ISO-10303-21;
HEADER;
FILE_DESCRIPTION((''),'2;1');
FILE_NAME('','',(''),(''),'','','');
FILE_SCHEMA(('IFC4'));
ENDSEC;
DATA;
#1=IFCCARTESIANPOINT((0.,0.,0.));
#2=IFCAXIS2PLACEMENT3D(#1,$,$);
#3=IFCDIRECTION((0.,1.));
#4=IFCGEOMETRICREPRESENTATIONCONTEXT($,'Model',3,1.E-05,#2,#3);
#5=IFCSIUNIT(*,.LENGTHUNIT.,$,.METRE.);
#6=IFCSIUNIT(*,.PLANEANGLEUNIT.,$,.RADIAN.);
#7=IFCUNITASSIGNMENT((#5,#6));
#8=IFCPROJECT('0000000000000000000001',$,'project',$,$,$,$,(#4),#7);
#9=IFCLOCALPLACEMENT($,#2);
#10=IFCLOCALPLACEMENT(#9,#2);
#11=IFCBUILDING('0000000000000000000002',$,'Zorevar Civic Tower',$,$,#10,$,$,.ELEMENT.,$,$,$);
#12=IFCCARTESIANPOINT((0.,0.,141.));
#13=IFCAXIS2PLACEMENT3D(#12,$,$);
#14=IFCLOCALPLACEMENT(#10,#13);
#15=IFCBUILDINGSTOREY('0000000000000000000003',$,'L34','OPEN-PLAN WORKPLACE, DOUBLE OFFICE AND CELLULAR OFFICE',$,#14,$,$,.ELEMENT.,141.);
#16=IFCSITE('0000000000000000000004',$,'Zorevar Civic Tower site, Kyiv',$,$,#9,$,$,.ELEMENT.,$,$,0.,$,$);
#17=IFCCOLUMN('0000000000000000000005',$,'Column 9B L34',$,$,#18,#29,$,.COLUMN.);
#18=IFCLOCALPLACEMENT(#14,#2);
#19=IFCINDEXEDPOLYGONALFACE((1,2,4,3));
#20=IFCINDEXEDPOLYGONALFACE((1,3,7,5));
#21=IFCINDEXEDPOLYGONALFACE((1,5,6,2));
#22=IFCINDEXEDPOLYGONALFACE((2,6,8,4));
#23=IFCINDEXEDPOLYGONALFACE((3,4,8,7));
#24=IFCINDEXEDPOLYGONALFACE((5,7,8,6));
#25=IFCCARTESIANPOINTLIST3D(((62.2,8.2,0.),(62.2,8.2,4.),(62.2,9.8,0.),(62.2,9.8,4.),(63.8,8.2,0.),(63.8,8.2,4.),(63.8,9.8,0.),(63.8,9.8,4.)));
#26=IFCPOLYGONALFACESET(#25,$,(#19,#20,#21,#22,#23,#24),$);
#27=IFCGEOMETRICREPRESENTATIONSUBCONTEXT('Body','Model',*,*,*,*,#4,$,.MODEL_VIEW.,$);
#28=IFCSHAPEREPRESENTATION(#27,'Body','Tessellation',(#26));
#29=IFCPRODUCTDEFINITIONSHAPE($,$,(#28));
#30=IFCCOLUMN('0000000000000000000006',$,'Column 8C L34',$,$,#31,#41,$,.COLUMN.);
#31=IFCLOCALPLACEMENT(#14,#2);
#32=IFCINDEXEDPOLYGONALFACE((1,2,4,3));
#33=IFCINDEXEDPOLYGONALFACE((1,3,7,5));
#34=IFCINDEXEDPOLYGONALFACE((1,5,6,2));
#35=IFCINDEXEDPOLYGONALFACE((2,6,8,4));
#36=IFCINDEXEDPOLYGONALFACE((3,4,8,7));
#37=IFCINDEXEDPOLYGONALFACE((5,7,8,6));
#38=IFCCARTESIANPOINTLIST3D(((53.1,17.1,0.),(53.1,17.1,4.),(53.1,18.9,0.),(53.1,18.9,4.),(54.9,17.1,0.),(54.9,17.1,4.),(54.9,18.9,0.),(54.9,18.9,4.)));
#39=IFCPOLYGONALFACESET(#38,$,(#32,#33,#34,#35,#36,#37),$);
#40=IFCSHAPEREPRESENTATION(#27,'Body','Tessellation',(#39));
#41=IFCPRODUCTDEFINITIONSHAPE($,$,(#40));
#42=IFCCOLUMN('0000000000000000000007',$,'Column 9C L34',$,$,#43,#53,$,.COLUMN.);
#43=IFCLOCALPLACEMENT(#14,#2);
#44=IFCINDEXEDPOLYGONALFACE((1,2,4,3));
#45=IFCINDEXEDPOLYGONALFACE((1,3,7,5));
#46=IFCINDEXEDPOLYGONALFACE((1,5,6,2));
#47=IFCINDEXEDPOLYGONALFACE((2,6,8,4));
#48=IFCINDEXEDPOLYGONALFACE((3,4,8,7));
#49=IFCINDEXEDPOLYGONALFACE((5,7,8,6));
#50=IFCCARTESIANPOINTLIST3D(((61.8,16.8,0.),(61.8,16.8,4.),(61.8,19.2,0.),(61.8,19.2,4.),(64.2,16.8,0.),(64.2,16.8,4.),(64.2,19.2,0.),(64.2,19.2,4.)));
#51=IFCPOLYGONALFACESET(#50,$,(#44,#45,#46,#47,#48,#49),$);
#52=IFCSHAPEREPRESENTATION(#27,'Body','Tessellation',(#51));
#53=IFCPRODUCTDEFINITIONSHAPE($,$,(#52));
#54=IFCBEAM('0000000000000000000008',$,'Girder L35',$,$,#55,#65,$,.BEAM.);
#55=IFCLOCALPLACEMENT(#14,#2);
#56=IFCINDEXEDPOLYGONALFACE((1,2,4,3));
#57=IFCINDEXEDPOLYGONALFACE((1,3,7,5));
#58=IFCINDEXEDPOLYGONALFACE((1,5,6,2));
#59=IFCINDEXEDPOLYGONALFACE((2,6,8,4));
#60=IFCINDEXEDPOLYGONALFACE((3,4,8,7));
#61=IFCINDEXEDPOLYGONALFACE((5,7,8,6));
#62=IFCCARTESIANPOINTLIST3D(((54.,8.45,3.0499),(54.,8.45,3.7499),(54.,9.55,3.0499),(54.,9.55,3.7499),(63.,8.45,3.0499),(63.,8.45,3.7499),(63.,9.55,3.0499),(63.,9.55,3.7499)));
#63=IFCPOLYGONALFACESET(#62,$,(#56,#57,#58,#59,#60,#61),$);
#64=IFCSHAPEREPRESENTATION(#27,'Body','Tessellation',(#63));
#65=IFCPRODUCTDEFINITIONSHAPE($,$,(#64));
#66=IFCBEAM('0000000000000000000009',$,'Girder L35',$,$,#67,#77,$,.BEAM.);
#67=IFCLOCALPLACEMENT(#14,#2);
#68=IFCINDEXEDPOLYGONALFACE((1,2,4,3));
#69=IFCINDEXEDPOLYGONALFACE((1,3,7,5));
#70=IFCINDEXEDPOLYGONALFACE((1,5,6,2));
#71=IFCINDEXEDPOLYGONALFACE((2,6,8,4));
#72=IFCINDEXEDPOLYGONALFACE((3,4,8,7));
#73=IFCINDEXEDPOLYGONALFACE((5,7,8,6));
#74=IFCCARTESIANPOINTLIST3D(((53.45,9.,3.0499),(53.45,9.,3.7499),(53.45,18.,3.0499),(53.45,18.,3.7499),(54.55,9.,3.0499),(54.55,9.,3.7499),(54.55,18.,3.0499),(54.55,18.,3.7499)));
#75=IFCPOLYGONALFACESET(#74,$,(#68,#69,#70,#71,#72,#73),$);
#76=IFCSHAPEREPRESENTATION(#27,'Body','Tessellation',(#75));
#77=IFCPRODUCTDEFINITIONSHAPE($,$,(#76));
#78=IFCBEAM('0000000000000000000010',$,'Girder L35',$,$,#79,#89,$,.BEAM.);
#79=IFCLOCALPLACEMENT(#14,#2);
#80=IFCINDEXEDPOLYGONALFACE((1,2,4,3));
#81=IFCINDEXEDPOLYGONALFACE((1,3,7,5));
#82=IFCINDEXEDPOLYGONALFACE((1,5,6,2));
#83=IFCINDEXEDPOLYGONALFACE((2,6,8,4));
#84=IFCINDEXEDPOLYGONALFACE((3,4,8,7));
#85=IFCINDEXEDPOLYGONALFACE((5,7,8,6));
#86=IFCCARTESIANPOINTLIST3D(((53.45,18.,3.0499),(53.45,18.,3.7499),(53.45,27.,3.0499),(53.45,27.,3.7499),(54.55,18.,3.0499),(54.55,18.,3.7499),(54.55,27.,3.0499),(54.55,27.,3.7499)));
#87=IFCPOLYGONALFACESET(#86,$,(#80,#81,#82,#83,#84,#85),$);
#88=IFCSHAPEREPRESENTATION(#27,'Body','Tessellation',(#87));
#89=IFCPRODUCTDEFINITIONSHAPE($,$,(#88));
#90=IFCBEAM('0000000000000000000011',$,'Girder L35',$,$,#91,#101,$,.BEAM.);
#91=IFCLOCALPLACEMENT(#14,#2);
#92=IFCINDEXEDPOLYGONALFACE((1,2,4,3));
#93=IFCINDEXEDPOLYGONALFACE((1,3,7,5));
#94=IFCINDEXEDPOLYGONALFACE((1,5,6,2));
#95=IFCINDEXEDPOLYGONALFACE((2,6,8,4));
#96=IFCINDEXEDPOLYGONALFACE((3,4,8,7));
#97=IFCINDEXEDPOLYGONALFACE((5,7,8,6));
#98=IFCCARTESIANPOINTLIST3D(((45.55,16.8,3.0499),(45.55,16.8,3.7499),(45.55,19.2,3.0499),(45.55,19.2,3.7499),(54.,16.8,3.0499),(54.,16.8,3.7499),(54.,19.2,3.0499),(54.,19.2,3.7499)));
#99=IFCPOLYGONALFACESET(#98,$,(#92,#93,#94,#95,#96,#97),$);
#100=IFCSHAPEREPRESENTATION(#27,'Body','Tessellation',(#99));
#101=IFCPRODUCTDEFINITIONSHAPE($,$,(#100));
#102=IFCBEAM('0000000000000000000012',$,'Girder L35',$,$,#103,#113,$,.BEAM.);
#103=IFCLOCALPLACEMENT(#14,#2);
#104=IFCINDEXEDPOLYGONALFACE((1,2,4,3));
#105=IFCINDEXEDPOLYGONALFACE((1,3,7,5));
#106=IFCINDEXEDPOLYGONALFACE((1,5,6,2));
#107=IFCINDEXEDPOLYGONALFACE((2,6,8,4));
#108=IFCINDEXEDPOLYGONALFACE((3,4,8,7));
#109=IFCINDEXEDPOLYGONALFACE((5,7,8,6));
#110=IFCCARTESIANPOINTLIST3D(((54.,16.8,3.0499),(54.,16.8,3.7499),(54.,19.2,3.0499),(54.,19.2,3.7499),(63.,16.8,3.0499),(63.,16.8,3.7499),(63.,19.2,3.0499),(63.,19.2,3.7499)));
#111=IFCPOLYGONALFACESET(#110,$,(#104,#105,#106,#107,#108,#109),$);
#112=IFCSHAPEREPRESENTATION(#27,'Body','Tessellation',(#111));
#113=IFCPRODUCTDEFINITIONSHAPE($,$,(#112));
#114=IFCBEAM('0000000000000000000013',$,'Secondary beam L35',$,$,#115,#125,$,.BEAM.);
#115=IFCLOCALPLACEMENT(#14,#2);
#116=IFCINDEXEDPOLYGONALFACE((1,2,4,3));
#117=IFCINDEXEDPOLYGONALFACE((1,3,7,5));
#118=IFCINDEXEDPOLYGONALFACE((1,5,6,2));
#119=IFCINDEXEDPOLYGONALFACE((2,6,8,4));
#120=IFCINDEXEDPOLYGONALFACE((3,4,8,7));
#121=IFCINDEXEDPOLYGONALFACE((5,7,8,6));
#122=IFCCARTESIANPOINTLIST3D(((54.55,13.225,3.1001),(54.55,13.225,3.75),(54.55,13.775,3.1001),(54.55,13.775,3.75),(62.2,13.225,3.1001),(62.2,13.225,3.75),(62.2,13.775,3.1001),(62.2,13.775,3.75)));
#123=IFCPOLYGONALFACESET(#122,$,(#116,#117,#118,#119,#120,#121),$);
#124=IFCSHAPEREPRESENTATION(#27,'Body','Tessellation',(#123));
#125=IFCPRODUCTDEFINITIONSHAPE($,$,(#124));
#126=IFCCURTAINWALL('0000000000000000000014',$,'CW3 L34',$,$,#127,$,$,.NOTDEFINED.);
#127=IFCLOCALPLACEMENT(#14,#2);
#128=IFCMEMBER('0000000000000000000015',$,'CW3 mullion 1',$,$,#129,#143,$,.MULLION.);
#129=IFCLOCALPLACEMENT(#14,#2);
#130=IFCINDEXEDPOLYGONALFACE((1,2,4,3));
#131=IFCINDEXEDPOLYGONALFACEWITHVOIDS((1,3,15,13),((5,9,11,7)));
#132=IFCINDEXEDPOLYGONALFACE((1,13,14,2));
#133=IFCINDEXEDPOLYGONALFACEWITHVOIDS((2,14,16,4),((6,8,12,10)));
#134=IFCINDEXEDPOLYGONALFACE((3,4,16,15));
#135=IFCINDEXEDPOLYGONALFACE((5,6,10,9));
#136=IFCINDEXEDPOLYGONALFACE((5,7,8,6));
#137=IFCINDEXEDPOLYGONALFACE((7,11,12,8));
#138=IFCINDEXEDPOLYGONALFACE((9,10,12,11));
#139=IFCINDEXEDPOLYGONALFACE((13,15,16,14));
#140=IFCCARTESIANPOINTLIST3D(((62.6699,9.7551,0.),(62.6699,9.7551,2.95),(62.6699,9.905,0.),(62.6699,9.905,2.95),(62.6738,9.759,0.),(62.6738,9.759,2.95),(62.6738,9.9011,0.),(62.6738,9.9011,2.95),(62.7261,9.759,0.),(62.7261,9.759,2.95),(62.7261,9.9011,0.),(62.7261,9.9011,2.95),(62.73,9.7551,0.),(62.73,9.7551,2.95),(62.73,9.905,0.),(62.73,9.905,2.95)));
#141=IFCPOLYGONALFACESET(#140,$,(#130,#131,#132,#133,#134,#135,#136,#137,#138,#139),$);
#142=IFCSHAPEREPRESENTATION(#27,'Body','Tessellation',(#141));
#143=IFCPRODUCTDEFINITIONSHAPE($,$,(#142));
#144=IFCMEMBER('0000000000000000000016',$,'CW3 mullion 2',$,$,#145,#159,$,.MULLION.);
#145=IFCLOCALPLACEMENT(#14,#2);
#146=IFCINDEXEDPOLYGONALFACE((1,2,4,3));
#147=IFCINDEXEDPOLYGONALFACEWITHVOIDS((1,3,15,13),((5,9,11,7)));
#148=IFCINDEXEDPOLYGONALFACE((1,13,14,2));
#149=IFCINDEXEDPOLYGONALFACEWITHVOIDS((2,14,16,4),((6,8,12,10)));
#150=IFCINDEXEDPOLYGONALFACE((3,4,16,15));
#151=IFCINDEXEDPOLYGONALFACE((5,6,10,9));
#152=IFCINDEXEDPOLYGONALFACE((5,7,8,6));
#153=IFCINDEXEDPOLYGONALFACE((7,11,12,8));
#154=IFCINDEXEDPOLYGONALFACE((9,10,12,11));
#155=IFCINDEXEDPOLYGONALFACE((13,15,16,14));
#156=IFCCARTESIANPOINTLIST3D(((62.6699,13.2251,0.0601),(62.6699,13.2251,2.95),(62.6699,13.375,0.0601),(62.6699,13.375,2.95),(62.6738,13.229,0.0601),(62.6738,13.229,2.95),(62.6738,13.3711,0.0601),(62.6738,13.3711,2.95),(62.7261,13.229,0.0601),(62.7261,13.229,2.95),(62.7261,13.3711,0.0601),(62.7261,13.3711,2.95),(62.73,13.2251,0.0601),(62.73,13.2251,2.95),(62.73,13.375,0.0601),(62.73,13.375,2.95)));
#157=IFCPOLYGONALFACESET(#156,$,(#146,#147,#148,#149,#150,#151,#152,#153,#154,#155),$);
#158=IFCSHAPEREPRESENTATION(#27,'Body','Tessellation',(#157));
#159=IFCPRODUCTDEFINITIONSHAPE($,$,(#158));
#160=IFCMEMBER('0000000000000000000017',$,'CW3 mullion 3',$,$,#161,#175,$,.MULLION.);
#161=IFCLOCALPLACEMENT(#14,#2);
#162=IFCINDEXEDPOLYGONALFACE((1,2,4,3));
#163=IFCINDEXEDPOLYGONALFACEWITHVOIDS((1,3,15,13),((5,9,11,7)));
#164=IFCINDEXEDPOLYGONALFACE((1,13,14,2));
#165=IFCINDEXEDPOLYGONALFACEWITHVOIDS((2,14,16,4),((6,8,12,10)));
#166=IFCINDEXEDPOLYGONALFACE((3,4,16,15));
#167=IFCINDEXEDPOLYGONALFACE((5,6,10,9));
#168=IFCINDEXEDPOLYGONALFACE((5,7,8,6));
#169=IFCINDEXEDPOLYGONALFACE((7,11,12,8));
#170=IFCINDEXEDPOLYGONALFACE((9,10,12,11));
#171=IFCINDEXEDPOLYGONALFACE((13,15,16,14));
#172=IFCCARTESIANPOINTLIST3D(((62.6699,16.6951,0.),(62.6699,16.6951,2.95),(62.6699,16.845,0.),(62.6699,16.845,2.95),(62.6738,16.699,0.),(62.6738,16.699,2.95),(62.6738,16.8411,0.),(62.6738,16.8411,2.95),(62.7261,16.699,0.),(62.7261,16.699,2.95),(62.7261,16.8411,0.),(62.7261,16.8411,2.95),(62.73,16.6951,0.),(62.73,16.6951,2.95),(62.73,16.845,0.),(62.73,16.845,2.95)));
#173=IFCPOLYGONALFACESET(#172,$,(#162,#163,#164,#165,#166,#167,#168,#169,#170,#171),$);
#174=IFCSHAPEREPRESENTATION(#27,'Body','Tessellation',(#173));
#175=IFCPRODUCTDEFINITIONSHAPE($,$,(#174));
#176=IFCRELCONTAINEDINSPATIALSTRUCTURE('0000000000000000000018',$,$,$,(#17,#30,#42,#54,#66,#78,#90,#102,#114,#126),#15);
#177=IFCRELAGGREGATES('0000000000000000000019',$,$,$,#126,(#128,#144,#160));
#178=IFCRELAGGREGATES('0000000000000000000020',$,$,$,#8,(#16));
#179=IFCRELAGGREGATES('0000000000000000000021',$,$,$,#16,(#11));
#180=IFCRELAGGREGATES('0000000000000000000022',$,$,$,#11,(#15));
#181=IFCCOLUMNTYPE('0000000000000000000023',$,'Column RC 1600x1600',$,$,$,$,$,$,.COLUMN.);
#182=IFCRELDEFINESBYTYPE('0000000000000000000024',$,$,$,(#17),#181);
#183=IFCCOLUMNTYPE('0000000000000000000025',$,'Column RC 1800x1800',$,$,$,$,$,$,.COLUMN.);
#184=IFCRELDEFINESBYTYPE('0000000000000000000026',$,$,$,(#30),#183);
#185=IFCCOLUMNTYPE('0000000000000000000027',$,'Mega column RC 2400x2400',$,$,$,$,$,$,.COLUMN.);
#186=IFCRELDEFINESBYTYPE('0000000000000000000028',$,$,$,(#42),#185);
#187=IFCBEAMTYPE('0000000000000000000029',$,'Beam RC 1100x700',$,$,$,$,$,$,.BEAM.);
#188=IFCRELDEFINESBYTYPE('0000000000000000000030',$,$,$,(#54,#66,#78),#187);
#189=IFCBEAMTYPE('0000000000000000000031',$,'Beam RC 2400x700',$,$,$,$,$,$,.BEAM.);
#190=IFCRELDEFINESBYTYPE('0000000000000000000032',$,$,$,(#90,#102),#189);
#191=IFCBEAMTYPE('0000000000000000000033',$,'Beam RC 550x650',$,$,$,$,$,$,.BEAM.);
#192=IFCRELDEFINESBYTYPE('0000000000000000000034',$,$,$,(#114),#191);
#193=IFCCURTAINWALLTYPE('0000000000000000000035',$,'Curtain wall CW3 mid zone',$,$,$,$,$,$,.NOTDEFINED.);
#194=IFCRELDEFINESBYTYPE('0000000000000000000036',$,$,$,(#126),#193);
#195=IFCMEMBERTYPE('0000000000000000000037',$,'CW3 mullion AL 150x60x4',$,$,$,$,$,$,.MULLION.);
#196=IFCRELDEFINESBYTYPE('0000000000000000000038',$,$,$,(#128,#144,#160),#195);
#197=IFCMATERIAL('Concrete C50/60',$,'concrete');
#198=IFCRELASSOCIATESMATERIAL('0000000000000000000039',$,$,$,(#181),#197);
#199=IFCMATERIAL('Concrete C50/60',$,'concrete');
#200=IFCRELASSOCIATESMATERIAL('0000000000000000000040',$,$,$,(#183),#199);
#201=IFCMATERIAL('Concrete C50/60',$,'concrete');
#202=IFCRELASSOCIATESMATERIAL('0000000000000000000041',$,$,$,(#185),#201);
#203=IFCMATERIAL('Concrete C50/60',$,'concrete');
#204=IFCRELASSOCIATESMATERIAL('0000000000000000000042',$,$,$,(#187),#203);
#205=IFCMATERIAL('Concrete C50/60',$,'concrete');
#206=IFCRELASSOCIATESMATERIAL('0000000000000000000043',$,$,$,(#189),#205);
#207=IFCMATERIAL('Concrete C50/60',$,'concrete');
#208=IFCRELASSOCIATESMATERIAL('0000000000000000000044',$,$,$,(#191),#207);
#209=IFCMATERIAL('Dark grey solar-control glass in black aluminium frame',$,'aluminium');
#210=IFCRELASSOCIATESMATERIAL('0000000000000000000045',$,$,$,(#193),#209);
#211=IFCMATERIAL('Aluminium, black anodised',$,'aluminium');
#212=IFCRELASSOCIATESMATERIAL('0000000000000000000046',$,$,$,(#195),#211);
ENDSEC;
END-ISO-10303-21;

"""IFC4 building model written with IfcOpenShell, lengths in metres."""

from ifc_helpers import new_model, si_unit, direction, frame, origin, origin_2d, place, context, subcontext, project, spatial, rectangle, hollow_rectangle, extrude, material, material_profile, profile_set, type_object, element, aggregate, save


model = new_model("IFC4")

# Units and contexts
model_context = context("Model", 3, precision=1e-05, world=origin(), true_north=direction((0.0, 1.0)))
body_context = subcontext(model_context, "Body", "Model", "MODEL_VIEW")
ifc_project = project(units=[si_unit("LENGTHUNIT", "METRE"), si_unit("PLANEANGLEUNIT", "RADIAN")], contexts=[model_context])

# Site, building, storey
site_placement = place(None, origin())
site = spatial("IfcSite", under=ifc_project, at=site_placement, Name="Zorevar Civic Tower site, Kyiv", CompositionType="ELEMENT", RefElevation=0.0)
building_placement = place(site_placement, origin())
building = spatial("IfcBuilding", under=site, at=building_placement, Name="Zorevar Civic Tower", CompositionType="ELEMENT")
storey_placement = place(building_placement, frame((0.0, 0.0, 141.0)))
storey = spatial("IfcBuildingStorey", under=building, at=storey_placement, Name="L34", Description="OPEN-PLAN WORKPLACE, DOUBLE OFFICE AND CELLULAR OFFICE", CompositionType="ELEMENT", Elevation=141.0)

# Columns
ifc_material_1 = material(Name="Concrete C50/60", Category="concrete")
ifc_material_profile_1 = material_profile(ifc_material_1, rectangle(XDim=1.6001, YDim=1.6001, at=origin_2d()), Name="RC 1600x1600")
ifc_profile_set_1 = profile_set([ifc_material_profile_1], Name="Concrete C50/60")
column_type_1 = type_object("IfcColumnType", Name="Column RC 1600x1600", PredefinedType="COLUMN", material=ifc_profile_set_1)
column_1_placement = place(storey_placement, frame((63.0, 9.0, 0.0), z_axis=(0.0, 0.0, 1.0), x_axis=(1.0, 0.0, 0.0)))
element("IfcColumn", 1, at=column_1_placement, inside=storey, type_object=column_type_1, Name="Column 9B L34", PredefinedType="COLUMN", context=body_context, shape_type="SweptSolid", body=[
    extrude(rectangle(XDim=1.6001, YDim=1.6001, at=origin_2d()), origin(), (0.0, 0.0, 1.0), 4.0),
])
ifc_material_2 = material(Name="Concrete C50/60", Category="concrete")
ifc_material_profile_2 = material_profile(ifc_material_2, rectangle(XDim=1.8, YDim=1.8, at=origin_2d()), Name="RC 1800x1800")
ifc_profile_set_2 = profile_set([ifc_material_profile_2], Name="Concrete C50/60")
column_type_2 = type_object("IfcColumnType", Name="Column RC 1800x1800", PredefinedType="COLUMN", material=ifc_profile_set_2)
column_2_placement = place(storey_placement, frame((54.0, 18.0, 0.0), z_axis=(0.0, 0.0, 1.0), x_axis=(1.0, 0.0, 0.0)))
element("IfcColumn", 2, at=column_2_placement, inside=storey, type_object=column_type_2, Name="Column 8C L34", PredefinedType="COLUMN", context=body_context, shape_type="SweptSolid", body=[
    extrude(rectangle(XDim=1.8, YDim=1.8, at=origin_2d()), origin(), (0.0, 0.0, 1.0), 4.0),
])
ifc_material_3 = material(Name="Concrete C50/60", Category="concrete")
ifc_material_profile_3 = material_profile(ifc_material_3, rectangle(XDim=2.3999, YDim=2.3999, at=origin_2d()), Name="RC 2400x2400")
ifc_profile_set_3 = profile_set([ifc_material_profile_3], Name="Concrete C50/60")
column_type_3 = type_object("IfcColumnType", Name="Mega column RC 2400x2400", PredefinedType="COLUMN", material=ifc_profile_set_3)
column_3_placement = place(storey_placement, frame((63.0, 18.0, 0.0), z_axis=(0.0, 0.0, 1.0), x_axis=(1.0, 0.0, 0.0)))
element("IfcColumn", 3, at=column_3_placement, inside=storey, type_object=column_type_3, Name="Column 9C L34", PredefinedType="COLUMN", context=body_context, shape_type="SweptSolid", body=[
    extrude(rectangle(XDim=2.3999, YDim=2.3999, at=origin_2d()), origin(), (0.0, 0.0, 1.0), 4.0),
])

# Beams
ifc_material_4 = material(Name="Concrete C50/60", Category="concrete")
ifc_material_profile_4 = material_profile(ifc_material_4, rectangle(XDim=1.1001, YDim=0.7, at=origin_2d()), Name="RC 1100x700")
ifc_profile_set_4 = profile_set([ifc_material_profile_4], Name="Concrete C50/60")
beam_type_1 = type_object("IfcBeamType", Name="Beam RC 1100x700", PredefinedType="BEAM", material=ifc_profile_set_4)
for number, where, z_axis, x_axis, name in (
    (4, (54.0, 9.0, 3.3999), (1.0, 0.0, 0.0), (0.0, 1.0, 0.0), "Girder L35"),
    (5, (54.0, 9.0, 3.3999), (0.0, 1.0, 0.0), (-1.0, 0.0, 0.0), "Girder L35"),
    (6, (54.0, 18.0, 3.3999), (0.0, 1.0, 0.0), (-1.0, 0.0, 0.0), "Girder L35"),
):
    element("IfcBeam", number, at=place(storey_placement, frame(where, z_axis=z_axis, x_axis=x_axis)), inside=storey, type_object=beam_type_1, Name=name, PredefinedType="BEAM", context=body_context, shape_type="SweptSolid", body=[
        extrude(rectangle(XDim=1.1001, YDim=0.7, at=origin_2d()), origin(), (0.0, 0.0, 1.0), 9.0),
    ])
ifc_material_5 = material(Name="Concrete C50/60", Category="concrete")
ifc_material_profile_5 = material_profile(ifc_material_5, rectangle(XDim=2.3999, YDim=0.7, at=origin_2d()), Name="RC 2400x700")
ifc_profile_set_5 = profile_set([ifc_material_profile_5], Name="Concrete C50/60")
beam_type_2 = type_object("IfcBeamType", Name="Beam RC 2400x700", PredefinedType="BEAM", material=ifc_profile_set_5)
beam_1_placement = place(storey_placement, frame((45.55, 18.0, 3.3999), z_axis=(1.0, 0.0, 0.0), x_axis=(0.0, 1.0, 0.0)))
element("IfcBeam", 7, at=beam_1_placement, inside=storey, type_object=beam_type_2, Name="Girder L35", PredefinedType="BEAM", context=body_context, shape_type="SweptSolid", body=[
    extrude(rectangle(XDim=2.3999, YDim=0.7, at=origin_2d()), origin(), (0.0, 0.0, 1.0), 8.45),
])
beam_2_placement = place(storey_placement, frame((54.0, 18.0, 3.3999), z_axis=(1.0, 0.0, 0.0), x_axis=(0.0, 1.0, 0.0)))
element("IfcBeam", 8, at=beam_2_placement, inside=storey, type_object=beam_type_2, Name="Girder L35", PredefinedType="BEAM", context=body_context, shape_type="SweptSolid", body=[
    extrude(rectangle(XDim=2.3999, YDim=0.7, at=origin_2d()), origin(), (0.0, 0.0, 1.0), 9.0),
])
ifc_material_6 = material(Name="Concrete C50/60", Category="concrete")
ifc_material_profile_6 = material_profile(ifc_material_6, rectangle(XDim=0.55, YDim=0.6499, at=origin_2d()), Name="RC 550x650")
ifc_profile_set_6 = profile_set([ifc_material_profile_6], Name="Concrete C50/60")
beam_type_3 = type_object("IfcBeamType", Name="Beam RC 550x650", PredefinedType="BEAM", material=ifc_profile_set_6)
beam_3_placement = place(storey_placement, frame((54.55, 13.5, 3.425), z_axis=(1.0, 0.0, 0.0), x_axis=(0.0, 1.0, 0.0)))
element("IfcBeam", 9, at=beam_3_placement, inside=storey, type_object=beam_type_3, Name="Secondary beam L35", PredefinedType="BEAM", context=body_context, shape_type="SweptSolid", body=[
    extrude(rectangle(XDim=0.55, YDim=0.6499, at=origin_2d()), origin(), (0.0, 0.0, 1.0), 7.6499),
])

# Curtain wall, members
ifc_material_7 = material(Name="Dark grey solar-control glass in black aluminium frame", Category="aluminium")
curtain_wall_type = type_object("IfcCurtainWallType", Name="Curtain wall CW3 mid zone", PredefinedType="NOTDEFINED", material=ifc_material_7)
curtain_wall_1_placement = place(storey_placement, origin())
curtain_wall_1 = element("IfcCurtainWall", 10, at=curtain_wall_1_placement, inside=storey, type_object=curtain_wall_type, Name="CW3 L34", PredefinedType="NOTDEFINED")
ifc_material_8 = material(Name="Aluminium, black anodised", Category="aluminium")
ifc_material_profile_7 = material_profile(ifc_material_8, hollow_rectangle(XDim=0.0601, YDim=0.1499, WallThickness=0.0039, at=origin_2d()), Name="AL 150x60x4")
ifc_profile_set_7 = profile_set([ifc_material_profile_7], Name="Aluminium, black anodised")
member_type_1 = type_object("IfcMemberType", Name="CW3 mullion AL 150x60x4", PredefinedType="MULLION", material=ifc_profile_set_7)
member_1_placement = place(storey_placement, frame((62.7, 9.8301, 0.0), z_axis=(0.0, 0.0, 1.0), x_axis=(-1.0, 0.0, 0.0)))
member_1 = element("IfcMember", 11, at=member_1_placement, type_object=member_type_1, Name="CW3 mullion 1", PredefinedType="MULLION", context=body_context, shape_type="SweptSolid", body=[
    extrude(hollow_rectangle(XDim=0.0601, YDim=0.1499, WallThickness=0.0039, at=origin_2d()), origin(), (0.0, 0.0, 1.0), 2.95),
])
member_2_placement = place(storey_placement, frame((62.7, 13.3, 0.0601), z_axis=(0.0, 0.0, 1.0), x_axis=(-1.0, 0.0, 0.0)))
member_2 = element("IfcMember", 12, at=member_2_placement, type_object=member_type_1, Name="CW3 mullion 2", PredefinedType="MULLION", context=body_context, shape_type="SweptSolid", body=[
    extrude(hollow_rectangle(XDim=0.0601, YDim=0.1499, WallThickness=0.0039, at=origin_2d()), origin(), (0.0, 0.0, 1.0), 2.8899),
])
member_3_placement = place(storey_placement, frame((62.7, 16.77, 0.0), z_axis=(0.0, 0.0, 1.0), x_axis=(-1.0, 0.0, 0.0)))
member_3 = element("IfcMember", 13, at=member_3_placement, type_object=member_type_1, Name="CW3 mullion 3", PredefinedType="MULLION", context=body_context, shape_type="SweptSolid", body=[
    extrude(hollow_rectangle(XDim=0.0601, YDim=0.1499, WallThickness=0.0039, at=origin_2d()), origin(), (0.0, 0.0, 1.0), 2.95),
])

aggregate(curtain_wall_1, [member_1, member_2, member_3])

save(model, "model.ifc")
